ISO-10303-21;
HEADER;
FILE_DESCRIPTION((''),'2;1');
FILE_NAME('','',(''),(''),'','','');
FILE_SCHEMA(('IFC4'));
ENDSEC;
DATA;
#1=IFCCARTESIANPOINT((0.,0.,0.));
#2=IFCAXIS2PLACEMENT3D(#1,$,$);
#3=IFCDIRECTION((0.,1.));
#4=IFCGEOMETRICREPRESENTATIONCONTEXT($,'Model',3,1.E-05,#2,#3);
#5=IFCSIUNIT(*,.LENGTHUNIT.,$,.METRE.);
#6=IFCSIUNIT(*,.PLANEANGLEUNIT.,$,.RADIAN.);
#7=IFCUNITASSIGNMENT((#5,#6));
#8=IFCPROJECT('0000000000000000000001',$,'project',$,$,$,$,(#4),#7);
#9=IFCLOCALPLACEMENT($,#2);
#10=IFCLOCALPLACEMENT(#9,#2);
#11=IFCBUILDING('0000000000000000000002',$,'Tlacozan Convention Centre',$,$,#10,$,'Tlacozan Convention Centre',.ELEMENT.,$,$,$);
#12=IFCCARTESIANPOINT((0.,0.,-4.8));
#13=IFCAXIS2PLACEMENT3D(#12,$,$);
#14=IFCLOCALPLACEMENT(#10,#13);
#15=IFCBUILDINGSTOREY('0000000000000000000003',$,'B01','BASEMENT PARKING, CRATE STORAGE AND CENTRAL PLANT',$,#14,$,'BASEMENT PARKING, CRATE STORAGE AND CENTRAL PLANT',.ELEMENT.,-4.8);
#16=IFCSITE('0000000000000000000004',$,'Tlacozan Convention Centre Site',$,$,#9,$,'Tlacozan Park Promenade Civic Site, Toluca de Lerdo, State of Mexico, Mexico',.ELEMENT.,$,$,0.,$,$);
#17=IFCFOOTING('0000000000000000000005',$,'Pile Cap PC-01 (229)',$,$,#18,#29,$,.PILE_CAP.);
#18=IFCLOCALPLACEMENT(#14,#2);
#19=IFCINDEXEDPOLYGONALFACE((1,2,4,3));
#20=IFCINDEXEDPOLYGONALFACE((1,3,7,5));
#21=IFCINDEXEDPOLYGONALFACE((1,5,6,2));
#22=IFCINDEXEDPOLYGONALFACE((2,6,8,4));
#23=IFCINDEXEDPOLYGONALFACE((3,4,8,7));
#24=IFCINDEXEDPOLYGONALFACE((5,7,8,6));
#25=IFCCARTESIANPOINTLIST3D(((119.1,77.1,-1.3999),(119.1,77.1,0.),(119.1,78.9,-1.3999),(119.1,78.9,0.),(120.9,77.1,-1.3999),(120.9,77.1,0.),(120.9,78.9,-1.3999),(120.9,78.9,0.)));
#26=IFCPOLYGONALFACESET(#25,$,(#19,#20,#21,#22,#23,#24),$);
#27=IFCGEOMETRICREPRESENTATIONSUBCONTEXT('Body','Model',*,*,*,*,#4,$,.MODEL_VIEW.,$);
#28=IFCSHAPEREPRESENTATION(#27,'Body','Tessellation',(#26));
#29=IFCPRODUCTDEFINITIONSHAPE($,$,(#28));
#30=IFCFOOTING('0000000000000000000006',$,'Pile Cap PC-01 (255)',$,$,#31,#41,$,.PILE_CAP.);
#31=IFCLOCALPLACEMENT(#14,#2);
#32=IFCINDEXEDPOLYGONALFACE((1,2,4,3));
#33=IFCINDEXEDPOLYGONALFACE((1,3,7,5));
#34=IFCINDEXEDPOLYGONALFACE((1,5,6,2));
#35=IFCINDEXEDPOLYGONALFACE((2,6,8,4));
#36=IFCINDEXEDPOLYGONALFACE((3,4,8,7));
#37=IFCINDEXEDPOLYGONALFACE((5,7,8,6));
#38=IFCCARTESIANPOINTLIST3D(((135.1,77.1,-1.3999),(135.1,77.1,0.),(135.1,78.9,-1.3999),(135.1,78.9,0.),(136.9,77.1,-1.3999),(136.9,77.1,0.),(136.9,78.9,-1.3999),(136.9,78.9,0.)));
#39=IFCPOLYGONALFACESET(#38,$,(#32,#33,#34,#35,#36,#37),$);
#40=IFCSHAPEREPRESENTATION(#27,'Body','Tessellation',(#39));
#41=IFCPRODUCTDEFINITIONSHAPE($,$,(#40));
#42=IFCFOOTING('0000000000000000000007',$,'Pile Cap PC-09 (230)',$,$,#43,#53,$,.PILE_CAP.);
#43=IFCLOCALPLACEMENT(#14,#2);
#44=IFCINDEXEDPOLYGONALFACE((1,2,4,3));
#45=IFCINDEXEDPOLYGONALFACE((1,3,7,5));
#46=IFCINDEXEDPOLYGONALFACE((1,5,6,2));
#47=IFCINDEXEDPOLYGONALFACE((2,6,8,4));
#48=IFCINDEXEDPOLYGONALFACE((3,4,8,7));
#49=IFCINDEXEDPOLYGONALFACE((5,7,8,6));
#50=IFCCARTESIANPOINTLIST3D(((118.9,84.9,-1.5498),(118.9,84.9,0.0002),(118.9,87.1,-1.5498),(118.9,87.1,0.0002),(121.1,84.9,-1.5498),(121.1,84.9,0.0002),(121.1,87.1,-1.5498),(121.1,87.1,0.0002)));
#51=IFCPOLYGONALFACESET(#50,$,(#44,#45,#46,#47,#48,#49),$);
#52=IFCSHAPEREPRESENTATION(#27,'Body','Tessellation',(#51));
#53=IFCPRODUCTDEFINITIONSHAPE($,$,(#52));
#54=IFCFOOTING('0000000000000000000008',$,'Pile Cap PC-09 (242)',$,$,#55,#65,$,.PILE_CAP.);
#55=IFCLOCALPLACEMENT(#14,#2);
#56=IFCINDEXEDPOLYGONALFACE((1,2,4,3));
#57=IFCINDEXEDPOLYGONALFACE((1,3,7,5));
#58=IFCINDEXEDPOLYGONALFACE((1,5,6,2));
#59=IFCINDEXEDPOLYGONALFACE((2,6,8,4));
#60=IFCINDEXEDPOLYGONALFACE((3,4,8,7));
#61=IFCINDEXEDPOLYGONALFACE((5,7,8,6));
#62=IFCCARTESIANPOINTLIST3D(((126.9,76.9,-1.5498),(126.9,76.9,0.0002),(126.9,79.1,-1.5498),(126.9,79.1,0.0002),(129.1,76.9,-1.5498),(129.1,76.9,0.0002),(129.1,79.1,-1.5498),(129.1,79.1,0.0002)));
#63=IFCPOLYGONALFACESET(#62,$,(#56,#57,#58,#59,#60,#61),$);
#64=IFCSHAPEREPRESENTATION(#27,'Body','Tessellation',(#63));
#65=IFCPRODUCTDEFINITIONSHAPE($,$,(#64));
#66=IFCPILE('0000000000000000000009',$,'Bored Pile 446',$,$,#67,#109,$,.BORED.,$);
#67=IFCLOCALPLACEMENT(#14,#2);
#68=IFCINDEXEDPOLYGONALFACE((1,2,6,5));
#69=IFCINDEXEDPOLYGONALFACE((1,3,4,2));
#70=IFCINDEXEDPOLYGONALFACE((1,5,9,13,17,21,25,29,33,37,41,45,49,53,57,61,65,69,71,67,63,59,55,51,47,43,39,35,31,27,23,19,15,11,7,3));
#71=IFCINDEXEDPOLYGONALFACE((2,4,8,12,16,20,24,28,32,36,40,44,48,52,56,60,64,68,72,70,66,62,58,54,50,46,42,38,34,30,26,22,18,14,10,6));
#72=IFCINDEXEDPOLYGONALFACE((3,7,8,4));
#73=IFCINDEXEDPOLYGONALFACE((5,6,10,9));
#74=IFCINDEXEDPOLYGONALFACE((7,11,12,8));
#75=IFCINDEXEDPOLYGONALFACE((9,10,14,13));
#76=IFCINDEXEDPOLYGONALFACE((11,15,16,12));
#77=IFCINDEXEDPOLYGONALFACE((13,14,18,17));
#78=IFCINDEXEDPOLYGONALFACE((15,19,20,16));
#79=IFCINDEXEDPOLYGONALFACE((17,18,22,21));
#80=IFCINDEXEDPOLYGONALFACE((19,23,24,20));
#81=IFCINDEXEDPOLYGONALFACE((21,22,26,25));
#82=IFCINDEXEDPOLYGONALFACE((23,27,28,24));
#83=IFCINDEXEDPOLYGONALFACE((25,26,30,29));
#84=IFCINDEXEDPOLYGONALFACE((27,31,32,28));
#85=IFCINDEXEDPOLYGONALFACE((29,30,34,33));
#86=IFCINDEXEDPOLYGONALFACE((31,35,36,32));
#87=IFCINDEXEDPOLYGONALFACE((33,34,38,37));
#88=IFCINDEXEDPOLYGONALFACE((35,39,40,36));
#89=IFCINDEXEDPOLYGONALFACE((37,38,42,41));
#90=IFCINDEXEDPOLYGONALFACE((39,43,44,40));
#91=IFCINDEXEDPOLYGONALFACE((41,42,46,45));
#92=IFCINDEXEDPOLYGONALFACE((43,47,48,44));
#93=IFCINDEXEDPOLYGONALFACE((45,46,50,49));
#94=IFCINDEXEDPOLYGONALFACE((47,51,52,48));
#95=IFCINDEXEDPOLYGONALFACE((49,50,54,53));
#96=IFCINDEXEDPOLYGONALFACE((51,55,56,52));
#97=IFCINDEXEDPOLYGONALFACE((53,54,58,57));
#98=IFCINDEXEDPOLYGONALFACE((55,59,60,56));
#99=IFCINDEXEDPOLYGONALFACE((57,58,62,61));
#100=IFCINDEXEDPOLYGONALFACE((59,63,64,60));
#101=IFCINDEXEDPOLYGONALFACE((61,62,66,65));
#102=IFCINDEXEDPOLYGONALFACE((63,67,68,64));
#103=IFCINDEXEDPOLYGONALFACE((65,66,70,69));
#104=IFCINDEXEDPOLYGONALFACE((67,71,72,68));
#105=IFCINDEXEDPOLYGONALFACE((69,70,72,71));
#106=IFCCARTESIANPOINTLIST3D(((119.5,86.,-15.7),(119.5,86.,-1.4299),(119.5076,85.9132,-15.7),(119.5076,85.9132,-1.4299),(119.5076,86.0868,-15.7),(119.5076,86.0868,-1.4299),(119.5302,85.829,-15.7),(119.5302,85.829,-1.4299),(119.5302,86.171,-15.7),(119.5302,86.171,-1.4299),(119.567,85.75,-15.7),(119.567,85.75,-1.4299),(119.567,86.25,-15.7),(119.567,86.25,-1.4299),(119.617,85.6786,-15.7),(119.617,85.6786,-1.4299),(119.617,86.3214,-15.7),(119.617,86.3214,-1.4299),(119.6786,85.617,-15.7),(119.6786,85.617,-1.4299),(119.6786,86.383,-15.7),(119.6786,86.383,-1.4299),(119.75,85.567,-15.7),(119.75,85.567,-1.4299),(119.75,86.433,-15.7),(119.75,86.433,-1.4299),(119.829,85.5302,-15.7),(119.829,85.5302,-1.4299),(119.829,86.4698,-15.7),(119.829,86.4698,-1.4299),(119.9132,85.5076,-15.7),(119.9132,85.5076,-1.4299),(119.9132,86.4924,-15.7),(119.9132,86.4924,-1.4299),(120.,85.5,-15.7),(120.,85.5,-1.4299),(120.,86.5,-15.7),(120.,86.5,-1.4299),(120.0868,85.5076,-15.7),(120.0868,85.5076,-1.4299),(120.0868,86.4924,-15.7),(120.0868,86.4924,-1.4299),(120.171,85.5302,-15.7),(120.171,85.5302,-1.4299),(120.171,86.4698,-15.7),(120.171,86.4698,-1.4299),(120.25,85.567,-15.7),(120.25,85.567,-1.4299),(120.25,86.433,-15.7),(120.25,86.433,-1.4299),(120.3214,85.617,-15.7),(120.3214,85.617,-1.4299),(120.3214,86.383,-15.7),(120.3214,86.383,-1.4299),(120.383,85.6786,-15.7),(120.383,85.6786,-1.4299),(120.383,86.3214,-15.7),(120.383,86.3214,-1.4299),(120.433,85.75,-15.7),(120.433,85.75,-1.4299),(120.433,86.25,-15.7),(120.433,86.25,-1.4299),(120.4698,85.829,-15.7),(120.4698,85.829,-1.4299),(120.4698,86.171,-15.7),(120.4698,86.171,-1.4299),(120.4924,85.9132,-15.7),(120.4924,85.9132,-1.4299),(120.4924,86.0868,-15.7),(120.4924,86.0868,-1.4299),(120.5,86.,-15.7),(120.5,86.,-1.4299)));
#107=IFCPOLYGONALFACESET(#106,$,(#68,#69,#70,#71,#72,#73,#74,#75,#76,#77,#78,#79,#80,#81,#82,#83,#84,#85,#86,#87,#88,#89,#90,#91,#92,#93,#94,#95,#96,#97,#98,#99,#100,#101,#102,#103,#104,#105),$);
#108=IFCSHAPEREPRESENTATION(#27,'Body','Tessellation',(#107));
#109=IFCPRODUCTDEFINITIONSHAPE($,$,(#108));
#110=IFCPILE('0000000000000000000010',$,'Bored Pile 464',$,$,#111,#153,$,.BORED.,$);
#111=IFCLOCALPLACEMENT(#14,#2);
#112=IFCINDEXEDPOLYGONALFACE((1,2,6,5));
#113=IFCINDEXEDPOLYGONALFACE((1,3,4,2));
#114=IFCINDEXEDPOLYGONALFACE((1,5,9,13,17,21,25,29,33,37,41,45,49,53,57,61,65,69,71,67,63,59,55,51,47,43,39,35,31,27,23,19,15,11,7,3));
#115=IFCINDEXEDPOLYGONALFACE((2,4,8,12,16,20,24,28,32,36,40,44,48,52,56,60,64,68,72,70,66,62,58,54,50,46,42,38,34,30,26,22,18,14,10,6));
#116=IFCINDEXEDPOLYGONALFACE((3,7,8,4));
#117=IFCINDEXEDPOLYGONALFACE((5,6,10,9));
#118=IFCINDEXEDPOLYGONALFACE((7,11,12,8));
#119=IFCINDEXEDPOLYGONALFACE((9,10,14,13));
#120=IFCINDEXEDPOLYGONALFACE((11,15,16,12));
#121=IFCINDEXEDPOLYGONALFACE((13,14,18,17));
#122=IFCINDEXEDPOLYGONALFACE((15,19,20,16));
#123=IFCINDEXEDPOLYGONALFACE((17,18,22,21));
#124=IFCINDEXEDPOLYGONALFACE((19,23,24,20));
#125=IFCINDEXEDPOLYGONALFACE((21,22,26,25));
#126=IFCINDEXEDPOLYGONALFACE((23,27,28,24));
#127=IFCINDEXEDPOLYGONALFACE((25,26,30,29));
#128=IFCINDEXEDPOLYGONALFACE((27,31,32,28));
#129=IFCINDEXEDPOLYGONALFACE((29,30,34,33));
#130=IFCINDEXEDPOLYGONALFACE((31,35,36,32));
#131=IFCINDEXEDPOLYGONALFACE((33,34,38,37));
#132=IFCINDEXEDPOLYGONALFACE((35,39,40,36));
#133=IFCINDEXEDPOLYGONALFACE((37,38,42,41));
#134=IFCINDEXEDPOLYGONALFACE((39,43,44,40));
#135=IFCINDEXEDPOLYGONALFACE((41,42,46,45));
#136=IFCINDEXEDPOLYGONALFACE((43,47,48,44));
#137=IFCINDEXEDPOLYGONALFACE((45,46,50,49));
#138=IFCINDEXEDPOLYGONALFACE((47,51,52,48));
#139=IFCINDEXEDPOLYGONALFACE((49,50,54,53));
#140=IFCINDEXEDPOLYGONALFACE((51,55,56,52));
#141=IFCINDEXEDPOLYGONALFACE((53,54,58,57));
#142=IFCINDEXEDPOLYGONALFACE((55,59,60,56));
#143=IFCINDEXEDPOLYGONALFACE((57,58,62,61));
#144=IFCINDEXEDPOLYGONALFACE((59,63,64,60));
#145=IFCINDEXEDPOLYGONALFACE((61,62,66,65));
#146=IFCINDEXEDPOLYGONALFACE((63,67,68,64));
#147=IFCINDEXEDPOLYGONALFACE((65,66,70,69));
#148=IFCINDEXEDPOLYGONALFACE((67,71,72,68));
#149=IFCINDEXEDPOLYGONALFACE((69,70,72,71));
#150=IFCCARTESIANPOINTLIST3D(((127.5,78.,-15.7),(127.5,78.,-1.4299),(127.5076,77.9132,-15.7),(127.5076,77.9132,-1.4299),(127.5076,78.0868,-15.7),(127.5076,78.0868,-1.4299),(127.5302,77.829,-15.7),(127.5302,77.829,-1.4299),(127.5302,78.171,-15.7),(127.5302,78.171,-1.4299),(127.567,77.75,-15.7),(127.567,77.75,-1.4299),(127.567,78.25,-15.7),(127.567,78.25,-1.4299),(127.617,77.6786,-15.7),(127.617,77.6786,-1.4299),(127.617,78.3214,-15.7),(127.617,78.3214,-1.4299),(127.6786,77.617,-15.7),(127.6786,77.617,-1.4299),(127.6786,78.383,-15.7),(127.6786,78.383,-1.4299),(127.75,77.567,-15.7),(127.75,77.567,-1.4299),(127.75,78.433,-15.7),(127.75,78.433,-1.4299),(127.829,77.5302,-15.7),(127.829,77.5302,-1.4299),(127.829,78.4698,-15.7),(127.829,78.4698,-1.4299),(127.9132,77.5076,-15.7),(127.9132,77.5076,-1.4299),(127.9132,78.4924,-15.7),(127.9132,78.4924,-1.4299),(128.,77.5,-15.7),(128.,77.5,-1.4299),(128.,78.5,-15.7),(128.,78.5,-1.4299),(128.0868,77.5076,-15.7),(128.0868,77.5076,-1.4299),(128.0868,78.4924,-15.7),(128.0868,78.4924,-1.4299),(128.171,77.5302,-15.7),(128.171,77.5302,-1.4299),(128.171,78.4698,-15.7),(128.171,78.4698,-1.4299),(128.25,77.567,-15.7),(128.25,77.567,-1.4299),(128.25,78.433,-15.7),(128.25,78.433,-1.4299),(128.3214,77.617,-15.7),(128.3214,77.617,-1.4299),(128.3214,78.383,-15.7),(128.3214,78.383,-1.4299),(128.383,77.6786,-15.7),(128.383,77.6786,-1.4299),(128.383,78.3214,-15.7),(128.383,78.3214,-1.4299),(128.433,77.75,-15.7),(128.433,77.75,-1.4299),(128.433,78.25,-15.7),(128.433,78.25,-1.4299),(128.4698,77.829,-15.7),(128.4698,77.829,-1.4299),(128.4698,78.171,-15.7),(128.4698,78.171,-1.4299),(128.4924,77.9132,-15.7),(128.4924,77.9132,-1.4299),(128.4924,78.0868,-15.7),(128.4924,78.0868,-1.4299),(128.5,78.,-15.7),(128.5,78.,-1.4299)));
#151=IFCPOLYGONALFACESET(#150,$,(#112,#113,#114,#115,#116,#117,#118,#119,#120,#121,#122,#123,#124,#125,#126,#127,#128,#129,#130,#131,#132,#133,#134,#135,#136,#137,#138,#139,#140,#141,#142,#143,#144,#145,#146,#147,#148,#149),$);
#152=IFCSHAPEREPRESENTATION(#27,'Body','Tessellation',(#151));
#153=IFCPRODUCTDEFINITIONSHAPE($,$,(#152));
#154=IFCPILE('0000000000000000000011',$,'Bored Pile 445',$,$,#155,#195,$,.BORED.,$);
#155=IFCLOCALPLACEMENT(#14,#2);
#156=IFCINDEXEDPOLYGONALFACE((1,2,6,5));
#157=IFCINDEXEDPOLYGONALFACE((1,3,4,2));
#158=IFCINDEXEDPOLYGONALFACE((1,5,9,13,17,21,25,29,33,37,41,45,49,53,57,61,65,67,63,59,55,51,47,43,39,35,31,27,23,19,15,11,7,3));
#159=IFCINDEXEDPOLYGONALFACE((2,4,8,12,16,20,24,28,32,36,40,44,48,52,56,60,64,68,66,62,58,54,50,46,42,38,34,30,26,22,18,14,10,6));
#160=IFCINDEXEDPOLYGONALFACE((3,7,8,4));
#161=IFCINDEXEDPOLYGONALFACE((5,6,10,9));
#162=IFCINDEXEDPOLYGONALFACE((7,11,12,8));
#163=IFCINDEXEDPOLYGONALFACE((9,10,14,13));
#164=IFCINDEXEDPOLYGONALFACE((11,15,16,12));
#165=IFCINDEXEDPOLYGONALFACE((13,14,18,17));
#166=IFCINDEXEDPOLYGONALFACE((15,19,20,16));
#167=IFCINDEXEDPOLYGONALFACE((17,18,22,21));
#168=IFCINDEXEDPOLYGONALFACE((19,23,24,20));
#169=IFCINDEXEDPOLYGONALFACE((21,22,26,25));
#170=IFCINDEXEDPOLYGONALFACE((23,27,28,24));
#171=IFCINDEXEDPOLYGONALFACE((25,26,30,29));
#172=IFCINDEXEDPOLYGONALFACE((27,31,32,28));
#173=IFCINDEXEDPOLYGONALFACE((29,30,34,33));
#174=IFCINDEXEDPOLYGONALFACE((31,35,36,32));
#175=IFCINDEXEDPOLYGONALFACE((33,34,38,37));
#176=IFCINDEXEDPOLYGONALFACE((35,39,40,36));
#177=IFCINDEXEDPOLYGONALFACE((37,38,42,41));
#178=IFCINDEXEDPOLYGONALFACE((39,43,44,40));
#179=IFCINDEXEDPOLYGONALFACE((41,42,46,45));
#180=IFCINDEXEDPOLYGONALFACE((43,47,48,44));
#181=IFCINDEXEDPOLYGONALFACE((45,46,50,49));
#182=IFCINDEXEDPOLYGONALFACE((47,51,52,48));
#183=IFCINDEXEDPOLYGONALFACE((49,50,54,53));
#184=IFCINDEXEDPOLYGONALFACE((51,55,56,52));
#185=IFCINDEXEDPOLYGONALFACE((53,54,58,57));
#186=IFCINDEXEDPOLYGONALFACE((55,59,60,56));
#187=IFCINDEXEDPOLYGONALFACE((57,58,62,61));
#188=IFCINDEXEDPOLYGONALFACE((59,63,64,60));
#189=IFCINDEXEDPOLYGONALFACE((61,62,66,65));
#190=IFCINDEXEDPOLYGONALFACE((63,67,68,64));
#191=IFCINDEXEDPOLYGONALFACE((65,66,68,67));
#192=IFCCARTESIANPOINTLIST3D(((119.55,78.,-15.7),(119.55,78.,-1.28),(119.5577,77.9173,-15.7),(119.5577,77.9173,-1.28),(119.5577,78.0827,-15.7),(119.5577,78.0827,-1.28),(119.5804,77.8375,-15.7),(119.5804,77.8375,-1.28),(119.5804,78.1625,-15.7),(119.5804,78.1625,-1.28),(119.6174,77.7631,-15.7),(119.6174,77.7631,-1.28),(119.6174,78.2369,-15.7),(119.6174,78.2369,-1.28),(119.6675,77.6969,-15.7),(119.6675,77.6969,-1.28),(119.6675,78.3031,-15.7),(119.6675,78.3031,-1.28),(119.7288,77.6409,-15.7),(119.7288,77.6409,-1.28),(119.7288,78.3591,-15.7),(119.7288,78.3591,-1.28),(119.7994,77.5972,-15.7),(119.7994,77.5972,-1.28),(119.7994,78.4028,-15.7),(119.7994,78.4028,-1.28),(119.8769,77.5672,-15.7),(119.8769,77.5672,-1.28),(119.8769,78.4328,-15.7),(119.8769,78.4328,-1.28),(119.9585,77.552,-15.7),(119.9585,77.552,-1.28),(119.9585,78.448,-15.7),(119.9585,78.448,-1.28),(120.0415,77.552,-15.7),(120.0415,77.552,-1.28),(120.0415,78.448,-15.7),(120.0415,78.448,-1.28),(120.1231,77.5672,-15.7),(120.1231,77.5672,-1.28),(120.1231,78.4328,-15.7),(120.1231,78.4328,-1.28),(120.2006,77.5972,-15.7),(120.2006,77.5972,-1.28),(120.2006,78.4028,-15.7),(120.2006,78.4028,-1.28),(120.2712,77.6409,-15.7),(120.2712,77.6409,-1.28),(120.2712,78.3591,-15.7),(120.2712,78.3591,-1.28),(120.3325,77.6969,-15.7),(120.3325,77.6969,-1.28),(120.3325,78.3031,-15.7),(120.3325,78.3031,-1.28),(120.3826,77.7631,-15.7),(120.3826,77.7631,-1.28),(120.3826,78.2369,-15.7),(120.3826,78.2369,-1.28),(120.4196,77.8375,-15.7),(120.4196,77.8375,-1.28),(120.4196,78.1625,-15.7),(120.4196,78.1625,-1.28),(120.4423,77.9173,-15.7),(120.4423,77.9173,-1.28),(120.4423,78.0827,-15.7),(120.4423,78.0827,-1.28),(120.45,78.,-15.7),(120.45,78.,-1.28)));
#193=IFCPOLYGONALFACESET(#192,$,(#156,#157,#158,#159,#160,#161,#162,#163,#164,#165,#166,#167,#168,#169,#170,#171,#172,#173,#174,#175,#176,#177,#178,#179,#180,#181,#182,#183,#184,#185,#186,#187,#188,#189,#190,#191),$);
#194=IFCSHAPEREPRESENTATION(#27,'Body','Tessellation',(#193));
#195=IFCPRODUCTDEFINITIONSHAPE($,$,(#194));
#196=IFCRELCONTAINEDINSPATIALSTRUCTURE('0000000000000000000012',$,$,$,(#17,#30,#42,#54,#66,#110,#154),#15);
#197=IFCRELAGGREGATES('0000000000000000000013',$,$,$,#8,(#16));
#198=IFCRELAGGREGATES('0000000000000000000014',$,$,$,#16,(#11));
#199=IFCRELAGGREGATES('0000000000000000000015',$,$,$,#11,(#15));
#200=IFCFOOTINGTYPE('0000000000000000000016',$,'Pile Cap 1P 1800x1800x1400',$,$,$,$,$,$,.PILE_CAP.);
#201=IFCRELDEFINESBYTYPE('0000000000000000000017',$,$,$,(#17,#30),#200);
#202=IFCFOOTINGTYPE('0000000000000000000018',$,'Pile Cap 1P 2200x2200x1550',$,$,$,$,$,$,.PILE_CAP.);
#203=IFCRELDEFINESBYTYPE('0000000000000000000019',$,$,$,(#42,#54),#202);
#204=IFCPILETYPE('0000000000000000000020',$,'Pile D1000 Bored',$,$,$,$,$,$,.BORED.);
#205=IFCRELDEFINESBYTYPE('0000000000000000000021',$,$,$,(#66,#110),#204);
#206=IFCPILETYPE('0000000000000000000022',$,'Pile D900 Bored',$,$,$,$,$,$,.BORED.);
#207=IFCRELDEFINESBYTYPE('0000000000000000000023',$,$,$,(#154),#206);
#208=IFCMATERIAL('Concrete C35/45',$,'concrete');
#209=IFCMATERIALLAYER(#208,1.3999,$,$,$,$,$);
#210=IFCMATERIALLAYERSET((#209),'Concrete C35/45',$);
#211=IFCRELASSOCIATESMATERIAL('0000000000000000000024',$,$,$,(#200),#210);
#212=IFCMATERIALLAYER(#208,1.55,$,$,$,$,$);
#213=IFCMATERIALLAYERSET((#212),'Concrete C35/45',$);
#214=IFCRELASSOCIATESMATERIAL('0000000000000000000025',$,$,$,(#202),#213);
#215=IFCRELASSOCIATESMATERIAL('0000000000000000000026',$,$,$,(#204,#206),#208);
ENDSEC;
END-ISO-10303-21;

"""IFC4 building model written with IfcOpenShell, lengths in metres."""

from ifc_helpers import new_model, si_unit, direction, frame, origin, origin_2d, place, context, subcontext, project, spatial, rectangle, circle, extrude, material, layer, layer_set, material_profile, profile_set, type_object, element, save


model = new_model("IFC4")

# Units and contexts
model_context = context("Model", 3, precision=1e-05, world=origin(), true_north=direction((0.0, 1.0)))
body_context = subcontext(model_context, "Body", "Model", "MODEL_VIEW")
ifc_project = project(units=[si_unit("LENGTHUNIT", "METRE"), si_unit("PLANEANGLEUNIT", "RADIAN")], contexts=[model_context])

# Site, building, storey
site_placement = place(None, origin())
site = spatial("IfcSite", under=ifc_project, at=site_placement, Name="Tlacozan Convention Centre Site", LongName="Tlacozan Park Promenade Civic Site, Toluca de Lerdo, State of Mexico, Mexico", CompositionType="ELEMENT", RefElevation=0.0)
building_placement = place(site_placement, origin())
building = spatial("IfcBuilding", under=site, at=building_placement, Name="Tlacozan Convention Centre", LongName="Tlacozan Convention Centre", CompositionType="ELEMENT")
storey_placement = place(building_placement, frame((0.0, 0.0, -4.8)))
storey = spatial("IfcBuildingStorey", under=building, at=storey_placement, Name="B01", Description="BASEMENT PARKING, CRATE STORAGE AND CENTRAL PLANT", LongName="BASEMENT PARKING, CRATE STORAGE AND CENTRAL PLANT", CompositionType="ELEMENT", Elevation=-4.8)

# Footings
ifc_material_1 = material(Name="Concrete C35/45", Category="concrete")
ifc_layer_1 = layer(ifc_material_1, 1.3999)
ifc_layer_set_1 = layer_set([ifc_layer_1], Name="Concrete C35/45")
footing_type_1 = type_object("IfcFootingType", Name="Pile Cap 1P 1800x1800x1400", PredefinedType="PILE_CAP", material=ifc_layer_set_1)
for number, where, z_axis, x_axis, name in (
    (1, (120.0, 78.0, -1.3999), (0.0, 0.0, 1.0), (1.0, 0.0, 0.0), "Pile Cap PC-01 (229)"),
    (2, (136.0, 78.0, -1.3999), (0.0, 0.0, 1.0), (1.0, 0.0, 0.0), "Pile Cap PC-01 (255)"),
):
    element("IfcFooting", number, at=place(storey_placement, frame(where, z_axis=z_axis, x_axis=x_axis)), inside=storey, type_object=footing_type_1, Name=name, PredefinedType="PILE_CAP", context=body_context, shape_type="SweptSolid", body=[
        extrude(rectangle(XDim=1.8, YDim=1.8, at=origin_2d()), origin(), (0.0, 0.0, 1.0), 1.3999),
    ])
ifc_layer_2 = layer(ifc_material_1, 1.55)
ifc_layer_set_2 = layer_set([ifc_layer_2], Name="Concrete C35/45")
footing_type_2 = type_object("IfcFootingType", Name="Pile Cap 1P 2200x2200x1550", PredefinedType="PILE_CAP", material=ifc_layer_set_2)
for number, where, z_axis, x_axis, name in (
    (3, (120.0, 86.0, -1.5498), (0.0, 0.0, 1.0), (1.0, 0.0, 0.0), "Pile Cap PC-09 (230)"),
    (4, (128.0, 78.0, -1.5498), (0.0, 0.0, 1.0), (1.0, 0.0, 0.0), "Pile Cap PC-09 (242)"),
):
    element("IfcFooting", number, at=place(storey_placement, frame(where, z_axis=z_axis, x_axis=x_axis)), inside=storey, type_object=footing_type_2, Name=name, PredefinedType="PILE_CAP", context=body_context, shape_type="SweptSolid", body=[
        extrude(rectangle(XDim=2.2, YDim=2.2, at=origin_2d()), origin(), (0.0, 0.0, 1.0), 1.55),
    ])

# Piles
ifc_material_profile_1 = material_profile(ifc_material_1, circle(Radius=0.5, at=origin_2d()), Name="PILE D1000")
ifc_profile_set_1 = profile_set([ifc_material_profile_1], Name="Concrete C35/45")
pile_type_1 = type_object("IfcPileType", Name="Pile D1000 Bored", PredefinedType="BORED", material=ifc_profile_set_1)
for number, where, z_axis, x_axis, name in (
    (5, (120.0, 86.0, -1.4299), (0.0, 0.0, -1.0), (1.0, 0.0, 0.0), "Bored Pile 446"),
    (6, (128.0, 78.0, -1.4299), (0.0, 0.0, -1.0), (1.0, 0.0, 0.0), "Bored Pile 464"),
):
    element("IfcPile", number, at=place(storey_placement, frame(where, z_axis=z_axis, x_axis=x_axis)), inside=storey, type_object=pile_type_1, Name=name, PredefinedType="BORED", context=body_context, shape_type="SweptSolid", body=[
        extrude(circle(Radius=0.5, at=origin_2d()), origin(), (0.0, 0.0, 1.0), 14.27),
    ])
ifc_material_profile_2 = material_profile(ifc_material_1, circle(Radius=0.45, at=origin_2d()), Name="PILE D900")
ifc_profile_set_2 = profile_set([ifc_material_profile_2], Name="Concrete C35/45")
pile_type_2 = type_object("IfcPileType", Name="Pile D900 Bored", PredefinedType="BORED", material=ifc_profile_set_2)
for number, where, z_axis, x_axis, name in (
    (7, (120.0, 78.0, -1.28), (0.0, 0.0, -1.0), (1.0, 0.0, 0.0), "Bored Pile 445"),
):
    element("IfcPile", number, at=place(storey_placement, frame(where, z_axis=z_axis, x_axis=x_axis)), inside=storey, type_object=pile_type_2, Name=name, PredefinedType="BORED", context=body_context, shape_type="SweptSolid", body=[
        extrude(circle(Radius=0.45, at=origin_2d()), origin(), (0.0, 0.0, 1.0), 14.4199),
    ])

save(model, "model.ifc")
